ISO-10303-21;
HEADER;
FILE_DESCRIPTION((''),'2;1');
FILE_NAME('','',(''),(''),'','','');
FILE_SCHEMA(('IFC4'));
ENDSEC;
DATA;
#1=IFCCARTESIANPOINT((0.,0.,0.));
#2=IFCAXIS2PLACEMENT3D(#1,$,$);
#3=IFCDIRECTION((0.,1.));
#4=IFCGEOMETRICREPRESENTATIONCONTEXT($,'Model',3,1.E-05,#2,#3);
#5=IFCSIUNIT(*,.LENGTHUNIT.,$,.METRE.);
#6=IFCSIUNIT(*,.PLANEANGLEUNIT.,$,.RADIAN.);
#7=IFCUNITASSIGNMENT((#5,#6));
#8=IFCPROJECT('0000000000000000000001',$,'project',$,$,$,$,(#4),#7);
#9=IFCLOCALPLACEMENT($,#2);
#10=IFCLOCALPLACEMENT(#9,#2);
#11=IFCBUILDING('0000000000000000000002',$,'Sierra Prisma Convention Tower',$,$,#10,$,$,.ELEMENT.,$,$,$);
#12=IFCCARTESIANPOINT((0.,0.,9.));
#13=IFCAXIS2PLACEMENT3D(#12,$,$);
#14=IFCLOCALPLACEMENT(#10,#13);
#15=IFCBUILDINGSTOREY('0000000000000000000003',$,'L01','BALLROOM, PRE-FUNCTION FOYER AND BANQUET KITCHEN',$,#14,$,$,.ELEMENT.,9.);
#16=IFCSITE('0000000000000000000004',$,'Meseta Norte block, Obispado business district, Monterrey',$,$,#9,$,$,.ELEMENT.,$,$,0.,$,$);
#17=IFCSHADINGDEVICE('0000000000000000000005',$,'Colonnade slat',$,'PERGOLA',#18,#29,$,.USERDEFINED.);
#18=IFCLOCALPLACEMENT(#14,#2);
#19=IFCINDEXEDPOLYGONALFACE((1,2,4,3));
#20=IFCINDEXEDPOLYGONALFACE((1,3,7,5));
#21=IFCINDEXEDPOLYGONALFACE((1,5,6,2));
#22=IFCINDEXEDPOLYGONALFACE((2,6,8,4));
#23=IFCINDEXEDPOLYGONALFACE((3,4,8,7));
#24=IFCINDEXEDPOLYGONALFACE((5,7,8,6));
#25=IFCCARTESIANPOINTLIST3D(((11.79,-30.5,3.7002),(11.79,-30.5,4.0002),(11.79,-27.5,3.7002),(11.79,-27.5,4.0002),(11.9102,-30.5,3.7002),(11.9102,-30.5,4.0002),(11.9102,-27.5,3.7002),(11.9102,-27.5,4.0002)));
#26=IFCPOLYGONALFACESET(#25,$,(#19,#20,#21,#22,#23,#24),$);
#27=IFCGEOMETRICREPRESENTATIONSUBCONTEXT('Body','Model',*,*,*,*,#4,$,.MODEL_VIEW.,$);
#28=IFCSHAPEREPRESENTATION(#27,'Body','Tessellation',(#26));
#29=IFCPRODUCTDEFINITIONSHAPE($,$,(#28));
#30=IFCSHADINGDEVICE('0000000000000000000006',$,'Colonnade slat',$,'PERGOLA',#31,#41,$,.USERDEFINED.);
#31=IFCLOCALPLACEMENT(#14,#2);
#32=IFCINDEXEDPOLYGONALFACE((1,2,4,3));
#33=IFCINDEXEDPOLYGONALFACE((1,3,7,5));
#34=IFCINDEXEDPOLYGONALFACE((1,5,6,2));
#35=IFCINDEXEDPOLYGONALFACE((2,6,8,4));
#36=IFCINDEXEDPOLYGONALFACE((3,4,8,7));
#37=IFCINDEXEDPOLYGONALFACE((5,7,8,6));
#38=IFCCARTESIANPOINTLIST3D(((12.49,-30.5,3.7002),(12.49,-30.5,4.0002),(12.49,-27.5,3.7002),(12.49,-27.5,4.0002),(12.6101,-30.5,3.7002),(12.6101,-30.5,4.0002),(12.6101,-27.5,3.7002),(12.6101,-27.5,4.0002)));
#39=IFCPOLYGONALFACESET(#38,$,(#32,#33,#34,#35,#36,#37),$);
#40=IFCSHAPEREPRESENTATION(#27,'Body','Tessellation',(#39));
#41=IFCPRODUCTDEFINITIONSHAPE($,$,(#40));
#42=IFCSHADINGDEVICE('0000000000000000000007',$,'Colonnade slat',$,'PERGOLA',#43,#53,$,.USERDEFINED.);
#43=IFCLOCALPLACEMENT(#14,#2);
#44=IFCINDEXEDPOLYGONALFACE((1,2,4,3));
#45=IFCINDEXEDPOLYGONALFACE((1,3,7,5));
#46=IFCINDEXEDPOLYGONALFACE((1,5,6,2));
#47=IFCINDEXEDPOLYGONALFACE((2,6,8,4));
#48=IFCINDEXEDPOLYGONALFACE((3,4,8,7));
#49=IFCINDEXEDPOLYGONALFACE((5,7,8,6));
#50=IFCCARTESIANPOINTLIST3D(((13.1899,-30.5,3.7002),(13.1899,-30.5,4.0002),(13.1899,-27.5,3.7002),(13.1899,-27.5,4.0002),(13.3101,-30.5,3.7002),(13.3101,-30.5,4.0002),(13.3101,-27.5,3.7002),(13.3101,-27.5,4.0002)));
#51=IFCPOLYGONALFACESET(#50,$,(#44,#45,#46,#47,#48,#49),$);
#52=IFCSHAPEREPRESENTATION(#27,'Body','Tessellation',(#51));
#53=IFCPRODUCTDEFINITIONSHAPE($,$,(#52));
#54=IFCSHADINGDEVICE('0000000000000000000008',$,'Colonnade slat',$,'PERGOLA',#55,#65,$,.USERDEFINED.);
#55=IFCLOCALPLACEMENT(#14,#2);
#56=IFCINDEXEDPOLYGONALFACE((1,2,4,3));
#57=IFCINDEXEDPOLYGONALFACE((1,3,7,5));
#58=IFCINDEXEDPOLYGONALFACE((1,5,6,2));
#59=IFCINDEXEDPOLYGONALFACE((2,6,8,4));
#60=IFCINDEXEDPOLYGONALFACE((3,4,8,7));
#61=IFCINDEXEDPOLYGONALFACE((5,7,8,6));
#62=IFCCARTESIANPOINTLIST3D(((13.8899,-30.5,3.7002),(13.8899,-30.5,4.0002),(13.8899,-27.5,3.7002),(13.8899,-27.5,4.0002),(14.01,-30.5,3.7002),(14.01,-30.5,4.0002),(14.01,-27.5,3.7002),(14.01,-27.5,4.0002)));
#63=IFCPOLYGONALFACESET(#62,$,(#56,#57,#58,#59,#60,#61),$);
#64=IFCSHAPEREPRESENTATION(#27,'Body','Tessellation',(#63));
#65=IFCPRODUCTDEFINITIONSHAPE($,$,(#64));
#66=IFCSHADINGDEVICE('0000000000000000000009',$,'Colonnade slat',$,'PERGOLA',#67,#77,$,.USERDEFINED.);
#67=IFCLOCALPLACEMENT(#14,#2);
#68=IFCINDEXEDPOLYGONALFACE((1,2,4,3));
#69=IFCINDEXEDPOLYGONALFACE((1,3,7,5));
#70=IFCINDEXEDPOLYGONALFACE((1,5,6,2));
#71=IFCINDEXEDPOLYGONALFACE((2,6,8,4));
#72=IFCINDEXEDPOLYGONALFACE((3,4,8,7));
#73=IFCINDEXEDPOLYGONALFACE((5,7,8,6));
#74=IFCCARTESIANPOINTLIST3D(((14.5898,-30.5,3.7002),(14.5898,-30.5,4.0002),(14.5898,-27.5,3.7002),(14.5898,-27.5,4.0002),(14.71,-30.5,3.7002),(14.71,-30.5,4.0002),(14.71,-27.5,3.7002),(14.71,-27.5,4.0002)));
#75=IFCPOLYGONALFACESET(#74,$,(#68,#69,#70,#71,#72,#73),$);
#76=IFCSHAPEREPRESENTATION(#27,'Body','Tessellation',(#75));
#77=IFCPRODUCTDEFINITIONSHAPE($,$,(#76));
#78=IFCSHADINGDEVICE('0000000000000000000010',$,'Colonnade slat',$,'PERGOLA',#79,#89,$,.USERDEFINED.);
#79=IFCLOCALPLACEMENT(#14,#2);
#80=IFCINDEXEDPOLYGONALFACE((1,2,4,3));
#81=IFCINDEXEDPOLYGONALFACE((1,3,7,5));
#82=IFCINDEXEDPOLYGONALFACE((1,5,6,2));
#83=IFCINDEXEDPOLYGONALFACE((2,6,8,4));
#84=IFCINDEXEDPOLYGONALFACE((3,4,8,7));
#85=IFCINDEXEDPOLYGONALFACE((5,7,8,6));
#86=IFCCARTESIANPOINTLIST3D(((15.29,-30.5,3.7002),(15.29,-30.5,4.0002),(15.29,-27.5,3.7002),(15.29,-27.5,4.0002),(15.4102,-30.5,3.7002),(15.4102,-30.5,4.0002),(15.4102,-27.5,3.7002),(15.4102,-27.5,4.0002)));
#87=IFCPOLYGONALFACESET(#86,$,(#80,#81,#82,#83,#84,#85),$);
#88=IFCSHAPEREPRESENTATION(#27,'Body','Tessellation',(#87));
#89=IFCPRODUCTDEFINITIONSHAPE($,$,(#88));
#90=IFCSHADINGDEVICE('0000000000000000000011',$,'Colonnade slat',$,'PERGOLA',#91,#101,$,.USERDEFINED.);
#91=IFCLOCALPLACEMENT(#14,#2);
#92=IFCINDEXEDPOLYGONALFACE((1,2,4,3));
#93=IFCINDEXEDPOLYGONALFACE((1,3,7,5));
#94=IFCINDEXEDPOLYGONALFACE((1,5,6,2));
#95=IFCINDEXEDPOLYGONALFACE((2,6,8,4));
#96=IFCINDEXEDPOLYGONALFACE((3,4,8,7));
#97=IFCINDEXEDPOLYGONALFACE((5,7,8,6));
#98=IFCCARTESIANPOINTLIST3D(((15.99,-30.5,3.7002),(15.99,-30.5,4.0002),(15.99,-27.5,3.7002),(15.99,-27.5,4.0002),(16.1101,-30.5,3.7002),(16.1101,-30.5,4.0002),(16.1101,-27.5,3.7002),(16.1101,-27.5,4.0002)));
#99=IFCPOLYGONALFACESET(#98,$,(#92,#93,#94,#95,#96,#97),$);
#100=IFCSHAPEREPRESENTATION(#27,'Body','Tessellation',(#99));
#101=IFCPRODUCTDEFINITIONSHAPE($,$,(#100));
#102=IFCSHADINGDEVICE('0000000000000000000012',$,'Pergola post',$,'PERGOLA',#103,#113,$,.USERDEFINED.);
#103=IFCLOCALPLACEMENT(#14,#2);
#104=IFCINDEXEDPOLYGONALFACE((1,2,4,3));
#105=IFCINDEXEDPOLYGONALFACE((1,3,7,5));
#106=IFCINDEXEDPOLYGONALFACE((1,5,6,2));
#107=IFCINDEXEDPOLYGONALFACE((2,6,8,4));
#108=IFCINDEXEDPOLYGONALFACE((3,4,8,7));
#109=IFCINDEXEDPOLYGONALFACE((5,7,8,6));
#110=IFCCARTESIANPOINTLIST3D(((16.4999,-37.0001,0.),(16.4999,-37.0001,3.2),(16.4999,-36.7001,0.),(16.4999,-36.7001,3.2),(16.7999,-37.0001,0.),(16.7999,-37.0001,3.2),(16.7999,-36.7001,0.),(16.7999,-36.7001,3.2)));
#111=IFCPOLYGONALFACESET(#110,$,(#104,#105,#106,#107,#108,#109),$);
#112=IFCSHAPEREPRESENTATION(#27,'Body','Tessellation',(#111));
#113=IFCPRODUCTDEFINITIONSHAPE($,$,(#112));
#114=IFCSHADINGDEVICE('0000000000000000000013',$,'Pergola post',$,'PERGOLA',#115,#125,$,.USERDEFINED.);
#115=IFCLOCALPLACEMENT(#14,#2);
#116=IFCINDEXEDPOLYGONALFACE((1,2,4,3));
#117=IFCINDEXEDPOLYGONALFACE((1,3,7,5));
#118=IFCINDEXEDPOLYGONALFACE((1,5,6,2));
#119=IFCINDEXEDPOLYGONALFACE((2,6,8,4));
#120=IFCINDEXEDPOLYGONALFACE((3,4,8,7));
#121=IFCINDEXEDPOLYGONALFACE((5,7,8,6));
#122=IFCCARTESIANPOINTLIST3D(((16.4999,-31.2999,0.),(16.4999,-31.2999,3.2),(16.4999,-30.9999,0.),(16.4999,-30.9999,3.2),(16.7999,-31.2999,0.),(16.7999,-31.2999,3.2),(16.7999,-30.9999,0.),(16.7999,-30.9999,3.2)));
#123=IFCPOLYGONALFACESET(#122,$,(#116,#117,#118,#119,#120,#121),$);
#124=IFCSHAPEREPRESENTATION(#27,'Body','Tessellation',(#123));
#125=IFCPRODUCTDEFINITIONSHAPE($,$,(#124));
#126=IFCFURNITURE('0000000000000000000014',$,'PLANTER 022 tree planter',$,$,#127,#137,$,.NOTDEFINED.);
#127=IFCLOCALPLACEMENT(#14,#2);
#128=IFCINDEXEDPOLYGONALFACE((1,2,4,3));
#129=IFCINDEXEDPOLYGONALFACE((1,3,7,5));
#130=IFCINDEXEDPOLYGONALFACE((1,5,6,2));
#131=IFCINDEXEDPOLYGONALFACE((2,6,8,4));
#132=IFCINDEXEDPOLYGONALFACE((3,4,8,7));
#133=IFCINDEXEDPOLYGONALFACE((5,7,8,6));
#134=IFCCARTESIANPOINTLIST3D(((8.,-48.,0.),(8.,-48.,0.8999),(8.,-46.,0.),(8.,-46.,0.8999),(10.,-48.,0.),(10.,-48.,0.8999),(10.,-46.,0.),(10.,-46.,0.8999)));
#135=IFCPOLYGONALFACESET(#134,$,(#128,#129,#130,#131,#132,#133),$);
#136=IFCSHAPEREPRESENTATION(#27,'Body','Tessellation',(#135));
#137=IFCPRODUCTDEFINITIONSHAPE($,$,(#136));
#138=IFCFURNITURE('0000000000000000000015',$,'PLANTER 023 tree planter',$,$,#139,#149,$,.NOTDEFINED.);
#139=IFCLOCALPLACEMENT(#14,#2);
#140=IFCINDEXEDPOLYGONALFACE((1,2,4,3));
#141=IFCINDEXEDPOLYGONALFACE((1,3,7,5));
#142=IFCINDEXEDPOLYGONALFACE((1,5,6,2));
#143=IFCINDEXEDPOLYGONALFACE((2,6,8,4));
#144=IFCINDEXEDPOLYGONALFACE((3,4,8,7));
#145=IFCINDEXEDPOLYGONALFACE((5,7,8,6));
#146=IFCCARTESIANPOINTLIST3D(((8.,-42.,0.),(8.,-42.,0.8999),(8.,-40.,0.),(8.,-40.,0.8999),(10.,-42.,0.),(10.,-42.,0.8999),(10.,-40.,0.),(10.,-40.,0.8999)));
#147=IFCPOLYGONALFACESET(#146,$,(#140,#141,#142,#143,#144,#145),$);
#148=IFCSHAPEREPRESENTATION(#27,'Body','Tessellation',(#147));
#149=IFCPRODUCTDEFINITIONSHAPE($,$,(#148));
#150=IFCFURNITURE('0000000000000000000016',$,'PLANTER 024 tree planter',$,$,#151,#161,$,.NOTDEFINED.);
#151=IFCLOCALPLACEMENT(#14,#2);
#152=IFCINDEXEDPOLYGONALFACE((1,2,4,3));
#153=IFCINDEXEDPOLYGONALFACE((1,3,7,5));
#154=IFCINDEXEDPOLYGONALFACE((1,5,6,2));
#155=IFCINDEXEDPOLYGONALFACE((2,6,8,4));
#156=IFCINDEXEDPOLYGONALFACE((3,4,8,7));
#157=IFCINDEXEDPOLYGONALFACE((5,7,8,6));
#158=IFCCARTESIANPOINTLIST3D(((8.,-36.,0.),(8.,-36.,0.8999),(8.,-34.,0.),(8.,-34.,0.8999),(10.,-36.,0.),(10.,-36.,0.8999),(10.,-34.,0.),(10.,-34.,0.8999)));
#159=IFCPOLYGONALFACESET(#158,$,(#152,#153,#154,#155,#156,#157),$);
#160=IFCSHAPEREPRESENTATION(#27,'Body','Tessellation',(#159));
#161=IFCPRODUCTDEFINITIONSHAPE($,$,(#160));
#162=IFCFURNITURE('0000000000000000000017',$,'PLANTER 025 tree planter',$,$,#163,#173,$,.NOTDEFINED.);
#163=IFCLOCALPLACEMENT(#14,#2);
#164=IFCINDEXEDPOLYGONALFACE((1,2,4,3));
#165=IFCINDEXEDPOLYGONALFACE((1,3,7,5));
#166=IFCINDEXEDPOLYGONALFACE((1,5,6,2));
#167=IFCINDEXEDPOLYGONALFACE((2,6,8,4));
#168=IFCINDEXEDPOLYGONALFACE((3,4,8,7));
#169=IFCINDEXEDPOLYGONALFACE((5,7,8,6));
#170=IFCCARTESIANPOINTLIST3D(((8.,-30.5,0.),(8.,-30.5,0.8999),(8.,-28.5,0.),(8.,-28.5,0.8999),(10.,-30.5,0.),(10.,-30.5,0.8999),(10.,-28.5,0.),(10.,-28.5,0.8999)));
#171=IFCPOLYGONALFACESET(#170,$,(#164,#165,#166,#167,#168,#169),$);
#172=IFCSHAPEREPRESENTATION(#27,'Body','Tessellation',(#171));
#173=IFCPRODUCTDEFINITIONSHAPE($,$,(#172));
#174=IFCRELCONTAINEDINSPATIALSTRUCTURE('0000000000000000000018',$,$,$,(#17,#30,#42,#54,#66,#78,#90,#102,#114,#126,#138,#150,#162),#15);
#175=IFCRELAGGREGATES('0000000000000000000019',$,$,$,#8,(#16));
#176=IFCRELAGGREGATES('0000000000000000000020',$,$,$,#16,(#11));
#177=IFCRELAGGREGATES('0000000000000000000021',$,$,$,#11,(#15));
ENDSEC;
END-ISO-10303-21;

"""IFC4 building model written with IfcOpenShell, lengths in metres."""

from ifc_helpers import new_model, si_unit, direction, frame, origin, origin_2d, place, context, subcontext, project, spatial, rectangle, extrude, element, save


model = new_model("IFC4")

# Units and contexts
model_context = context("Model", 3, precision=1e-05, world=origin(), true_north=direction((0.0, 1.0)))
body_context = subcontext(model_context, "Body", "Model", "MODEL_VIEW")
ifc_project = project(units=[si_unit("LENGTHUNIT", "METRE"), si_unit("PLANEANGLEUNIT", "RADIAN")], contexts=[model_context])

# Site, building, storey
site_placement = place(None, origin())
site = spatial("IfcSite", under=ifc_project, at=site_placement, Name="Meseta Norte block, Obispado business district, Monterrey", CompositionType="ELEMENT", RefElevation=0.0)
building_placement = place(site_placement, origin())
building = spatial("IfcBuilding", under=site, at=building_placement, Name="Sierra Prisma Convention Tower", CompositionType="ELEMENT")
storey_placement = place(building_placement, frame((0.0, 0.0, 9.0)))
storey = spatial("IfcBuildingStorey", under=building, at=storey_placement, Name="L01", Description="BALLROOM, PRE-FUNCTION FOYER AND BANQUET KITCHEN", CompositionType="ELEMENT", Elevation=9.0)

# Shading devices
for number, where, z_axis, x_axis, name in (
    (1, (11.8501, -29.0, 3.7002), (0.0, 0.0, 1.0), (1.0, 0.0, 0.0), "Colonnade slat"),
    (2, (12.55, -29.0, 3.7002), (0.0, 0.0, 1.0), (1.0, 0.0, 0.0), "Colonnade slat"),
    (3, (13.25, -29.0, 3.7002), (0.0, 0.0, 1.0), (1.0, 0.0, 0.0), "Colonnade slat"),
    (4, (13.95, -29.0, 3.7002), (0.0, 0.0, 1.0), (1.0, 0.0, 0.0), "Colonnade slat"),
    (5, (14.6499, -29.0, 3.7002), (0.0, 0.0, 1.0), (1.0, 0.0, 0.0), "Colonnade slat"),
    (6, (15.3501, -29.0, 3.7002), (0.0, 0.0, 1.0), (1.0, 0.0, 0.0), "Colonnade slat"),
    (7, (16.05, -29.0, 3.7002), (0.0, 0.0, 1.0), (1.0, 0.0, 0.0), "Colonnade slat"),
):
    element("IfcShadingDevice", number, at=place(storey_placement, frame(where, z_axis=z_axis, x_axis=x_axis)), inside=storey, Name=name, ObjectType="PERGOLA", PredefinedType="USERDEFINED", context=body_context, shape_type="SweptSolid", body=[
        extrude(rectangle(XDim=0.1201, YDim=3.0, at=origin_2d()), origin(), (0.0, 0.0, 1.0), 0.3),
    ])
for number, where, z_axis, x_axis, name in (
    (8, (16.6499, -36.8501, 0.0), (0.0, 0.0, 1.0), (1.0, 0.0, 0.0), "Pergola post"),
    (9, (16.6499, -31.1499, 0.0), (0.0, 0.0, 1.0), (1.0, 0.0, 0.0), "Pergola post"),
):
    element("IfcShadingDevice", number, at=place(storey_placement, frame(where, z_axis=z_axis, x_axis=x_axis)), inside=storey, Name=name, ObjectType="PERGOLA", PredefinedType="USERDEFINED", context=body_context, shape_type="SweptSolid", body=[
        extrude(rectangle(XDim=0.3, YDim=0.3, at=origin_2d()), origin(), (0.0, 0.0, 1.0), 3.2),
    ])

# Furniture
for number, where, z_axis, x_axis, name in (
    (10, (9.0, -47.0, 0.0), (0.0, 0.0, 1.0), (1.0, 0.0, 0.0), "PLANTER 022 tree planter"),
    (11, (9.0, -41.0, 0.0), (0.0, 0.0, 1.0), (1.0, 0.0, 0.0), "PLANTER 023 tree planter"),
    (12, (9.0, -35.0, 0.0), (0.0, 0.0, 1.0), (1.0, 0.0, 0.0), "PLANTER 024 tree planter"),
    (13, (9.0, -29.5, 0.0), (0.0, 0.0, 1.0), (1.0, 0.0, 0.0), "PLANTER 025 tree planter"),
):
    element("IfcFurniture", number, at=place(storey_placement, frame(where, z_axis=z_axis, x_axis=x_axis)), inside=storey, Name=name, PredefinedType="NOTDEFINED", context=body_context, shape_type="SweptSolid", body=[
        extrude(rectangle(XDim=2.0, YDim=2.0, at=origin_2d()), origin(), (0.0, 0.0, 1.0), 0.8999),
    ])

save(model, "model.ifc")
